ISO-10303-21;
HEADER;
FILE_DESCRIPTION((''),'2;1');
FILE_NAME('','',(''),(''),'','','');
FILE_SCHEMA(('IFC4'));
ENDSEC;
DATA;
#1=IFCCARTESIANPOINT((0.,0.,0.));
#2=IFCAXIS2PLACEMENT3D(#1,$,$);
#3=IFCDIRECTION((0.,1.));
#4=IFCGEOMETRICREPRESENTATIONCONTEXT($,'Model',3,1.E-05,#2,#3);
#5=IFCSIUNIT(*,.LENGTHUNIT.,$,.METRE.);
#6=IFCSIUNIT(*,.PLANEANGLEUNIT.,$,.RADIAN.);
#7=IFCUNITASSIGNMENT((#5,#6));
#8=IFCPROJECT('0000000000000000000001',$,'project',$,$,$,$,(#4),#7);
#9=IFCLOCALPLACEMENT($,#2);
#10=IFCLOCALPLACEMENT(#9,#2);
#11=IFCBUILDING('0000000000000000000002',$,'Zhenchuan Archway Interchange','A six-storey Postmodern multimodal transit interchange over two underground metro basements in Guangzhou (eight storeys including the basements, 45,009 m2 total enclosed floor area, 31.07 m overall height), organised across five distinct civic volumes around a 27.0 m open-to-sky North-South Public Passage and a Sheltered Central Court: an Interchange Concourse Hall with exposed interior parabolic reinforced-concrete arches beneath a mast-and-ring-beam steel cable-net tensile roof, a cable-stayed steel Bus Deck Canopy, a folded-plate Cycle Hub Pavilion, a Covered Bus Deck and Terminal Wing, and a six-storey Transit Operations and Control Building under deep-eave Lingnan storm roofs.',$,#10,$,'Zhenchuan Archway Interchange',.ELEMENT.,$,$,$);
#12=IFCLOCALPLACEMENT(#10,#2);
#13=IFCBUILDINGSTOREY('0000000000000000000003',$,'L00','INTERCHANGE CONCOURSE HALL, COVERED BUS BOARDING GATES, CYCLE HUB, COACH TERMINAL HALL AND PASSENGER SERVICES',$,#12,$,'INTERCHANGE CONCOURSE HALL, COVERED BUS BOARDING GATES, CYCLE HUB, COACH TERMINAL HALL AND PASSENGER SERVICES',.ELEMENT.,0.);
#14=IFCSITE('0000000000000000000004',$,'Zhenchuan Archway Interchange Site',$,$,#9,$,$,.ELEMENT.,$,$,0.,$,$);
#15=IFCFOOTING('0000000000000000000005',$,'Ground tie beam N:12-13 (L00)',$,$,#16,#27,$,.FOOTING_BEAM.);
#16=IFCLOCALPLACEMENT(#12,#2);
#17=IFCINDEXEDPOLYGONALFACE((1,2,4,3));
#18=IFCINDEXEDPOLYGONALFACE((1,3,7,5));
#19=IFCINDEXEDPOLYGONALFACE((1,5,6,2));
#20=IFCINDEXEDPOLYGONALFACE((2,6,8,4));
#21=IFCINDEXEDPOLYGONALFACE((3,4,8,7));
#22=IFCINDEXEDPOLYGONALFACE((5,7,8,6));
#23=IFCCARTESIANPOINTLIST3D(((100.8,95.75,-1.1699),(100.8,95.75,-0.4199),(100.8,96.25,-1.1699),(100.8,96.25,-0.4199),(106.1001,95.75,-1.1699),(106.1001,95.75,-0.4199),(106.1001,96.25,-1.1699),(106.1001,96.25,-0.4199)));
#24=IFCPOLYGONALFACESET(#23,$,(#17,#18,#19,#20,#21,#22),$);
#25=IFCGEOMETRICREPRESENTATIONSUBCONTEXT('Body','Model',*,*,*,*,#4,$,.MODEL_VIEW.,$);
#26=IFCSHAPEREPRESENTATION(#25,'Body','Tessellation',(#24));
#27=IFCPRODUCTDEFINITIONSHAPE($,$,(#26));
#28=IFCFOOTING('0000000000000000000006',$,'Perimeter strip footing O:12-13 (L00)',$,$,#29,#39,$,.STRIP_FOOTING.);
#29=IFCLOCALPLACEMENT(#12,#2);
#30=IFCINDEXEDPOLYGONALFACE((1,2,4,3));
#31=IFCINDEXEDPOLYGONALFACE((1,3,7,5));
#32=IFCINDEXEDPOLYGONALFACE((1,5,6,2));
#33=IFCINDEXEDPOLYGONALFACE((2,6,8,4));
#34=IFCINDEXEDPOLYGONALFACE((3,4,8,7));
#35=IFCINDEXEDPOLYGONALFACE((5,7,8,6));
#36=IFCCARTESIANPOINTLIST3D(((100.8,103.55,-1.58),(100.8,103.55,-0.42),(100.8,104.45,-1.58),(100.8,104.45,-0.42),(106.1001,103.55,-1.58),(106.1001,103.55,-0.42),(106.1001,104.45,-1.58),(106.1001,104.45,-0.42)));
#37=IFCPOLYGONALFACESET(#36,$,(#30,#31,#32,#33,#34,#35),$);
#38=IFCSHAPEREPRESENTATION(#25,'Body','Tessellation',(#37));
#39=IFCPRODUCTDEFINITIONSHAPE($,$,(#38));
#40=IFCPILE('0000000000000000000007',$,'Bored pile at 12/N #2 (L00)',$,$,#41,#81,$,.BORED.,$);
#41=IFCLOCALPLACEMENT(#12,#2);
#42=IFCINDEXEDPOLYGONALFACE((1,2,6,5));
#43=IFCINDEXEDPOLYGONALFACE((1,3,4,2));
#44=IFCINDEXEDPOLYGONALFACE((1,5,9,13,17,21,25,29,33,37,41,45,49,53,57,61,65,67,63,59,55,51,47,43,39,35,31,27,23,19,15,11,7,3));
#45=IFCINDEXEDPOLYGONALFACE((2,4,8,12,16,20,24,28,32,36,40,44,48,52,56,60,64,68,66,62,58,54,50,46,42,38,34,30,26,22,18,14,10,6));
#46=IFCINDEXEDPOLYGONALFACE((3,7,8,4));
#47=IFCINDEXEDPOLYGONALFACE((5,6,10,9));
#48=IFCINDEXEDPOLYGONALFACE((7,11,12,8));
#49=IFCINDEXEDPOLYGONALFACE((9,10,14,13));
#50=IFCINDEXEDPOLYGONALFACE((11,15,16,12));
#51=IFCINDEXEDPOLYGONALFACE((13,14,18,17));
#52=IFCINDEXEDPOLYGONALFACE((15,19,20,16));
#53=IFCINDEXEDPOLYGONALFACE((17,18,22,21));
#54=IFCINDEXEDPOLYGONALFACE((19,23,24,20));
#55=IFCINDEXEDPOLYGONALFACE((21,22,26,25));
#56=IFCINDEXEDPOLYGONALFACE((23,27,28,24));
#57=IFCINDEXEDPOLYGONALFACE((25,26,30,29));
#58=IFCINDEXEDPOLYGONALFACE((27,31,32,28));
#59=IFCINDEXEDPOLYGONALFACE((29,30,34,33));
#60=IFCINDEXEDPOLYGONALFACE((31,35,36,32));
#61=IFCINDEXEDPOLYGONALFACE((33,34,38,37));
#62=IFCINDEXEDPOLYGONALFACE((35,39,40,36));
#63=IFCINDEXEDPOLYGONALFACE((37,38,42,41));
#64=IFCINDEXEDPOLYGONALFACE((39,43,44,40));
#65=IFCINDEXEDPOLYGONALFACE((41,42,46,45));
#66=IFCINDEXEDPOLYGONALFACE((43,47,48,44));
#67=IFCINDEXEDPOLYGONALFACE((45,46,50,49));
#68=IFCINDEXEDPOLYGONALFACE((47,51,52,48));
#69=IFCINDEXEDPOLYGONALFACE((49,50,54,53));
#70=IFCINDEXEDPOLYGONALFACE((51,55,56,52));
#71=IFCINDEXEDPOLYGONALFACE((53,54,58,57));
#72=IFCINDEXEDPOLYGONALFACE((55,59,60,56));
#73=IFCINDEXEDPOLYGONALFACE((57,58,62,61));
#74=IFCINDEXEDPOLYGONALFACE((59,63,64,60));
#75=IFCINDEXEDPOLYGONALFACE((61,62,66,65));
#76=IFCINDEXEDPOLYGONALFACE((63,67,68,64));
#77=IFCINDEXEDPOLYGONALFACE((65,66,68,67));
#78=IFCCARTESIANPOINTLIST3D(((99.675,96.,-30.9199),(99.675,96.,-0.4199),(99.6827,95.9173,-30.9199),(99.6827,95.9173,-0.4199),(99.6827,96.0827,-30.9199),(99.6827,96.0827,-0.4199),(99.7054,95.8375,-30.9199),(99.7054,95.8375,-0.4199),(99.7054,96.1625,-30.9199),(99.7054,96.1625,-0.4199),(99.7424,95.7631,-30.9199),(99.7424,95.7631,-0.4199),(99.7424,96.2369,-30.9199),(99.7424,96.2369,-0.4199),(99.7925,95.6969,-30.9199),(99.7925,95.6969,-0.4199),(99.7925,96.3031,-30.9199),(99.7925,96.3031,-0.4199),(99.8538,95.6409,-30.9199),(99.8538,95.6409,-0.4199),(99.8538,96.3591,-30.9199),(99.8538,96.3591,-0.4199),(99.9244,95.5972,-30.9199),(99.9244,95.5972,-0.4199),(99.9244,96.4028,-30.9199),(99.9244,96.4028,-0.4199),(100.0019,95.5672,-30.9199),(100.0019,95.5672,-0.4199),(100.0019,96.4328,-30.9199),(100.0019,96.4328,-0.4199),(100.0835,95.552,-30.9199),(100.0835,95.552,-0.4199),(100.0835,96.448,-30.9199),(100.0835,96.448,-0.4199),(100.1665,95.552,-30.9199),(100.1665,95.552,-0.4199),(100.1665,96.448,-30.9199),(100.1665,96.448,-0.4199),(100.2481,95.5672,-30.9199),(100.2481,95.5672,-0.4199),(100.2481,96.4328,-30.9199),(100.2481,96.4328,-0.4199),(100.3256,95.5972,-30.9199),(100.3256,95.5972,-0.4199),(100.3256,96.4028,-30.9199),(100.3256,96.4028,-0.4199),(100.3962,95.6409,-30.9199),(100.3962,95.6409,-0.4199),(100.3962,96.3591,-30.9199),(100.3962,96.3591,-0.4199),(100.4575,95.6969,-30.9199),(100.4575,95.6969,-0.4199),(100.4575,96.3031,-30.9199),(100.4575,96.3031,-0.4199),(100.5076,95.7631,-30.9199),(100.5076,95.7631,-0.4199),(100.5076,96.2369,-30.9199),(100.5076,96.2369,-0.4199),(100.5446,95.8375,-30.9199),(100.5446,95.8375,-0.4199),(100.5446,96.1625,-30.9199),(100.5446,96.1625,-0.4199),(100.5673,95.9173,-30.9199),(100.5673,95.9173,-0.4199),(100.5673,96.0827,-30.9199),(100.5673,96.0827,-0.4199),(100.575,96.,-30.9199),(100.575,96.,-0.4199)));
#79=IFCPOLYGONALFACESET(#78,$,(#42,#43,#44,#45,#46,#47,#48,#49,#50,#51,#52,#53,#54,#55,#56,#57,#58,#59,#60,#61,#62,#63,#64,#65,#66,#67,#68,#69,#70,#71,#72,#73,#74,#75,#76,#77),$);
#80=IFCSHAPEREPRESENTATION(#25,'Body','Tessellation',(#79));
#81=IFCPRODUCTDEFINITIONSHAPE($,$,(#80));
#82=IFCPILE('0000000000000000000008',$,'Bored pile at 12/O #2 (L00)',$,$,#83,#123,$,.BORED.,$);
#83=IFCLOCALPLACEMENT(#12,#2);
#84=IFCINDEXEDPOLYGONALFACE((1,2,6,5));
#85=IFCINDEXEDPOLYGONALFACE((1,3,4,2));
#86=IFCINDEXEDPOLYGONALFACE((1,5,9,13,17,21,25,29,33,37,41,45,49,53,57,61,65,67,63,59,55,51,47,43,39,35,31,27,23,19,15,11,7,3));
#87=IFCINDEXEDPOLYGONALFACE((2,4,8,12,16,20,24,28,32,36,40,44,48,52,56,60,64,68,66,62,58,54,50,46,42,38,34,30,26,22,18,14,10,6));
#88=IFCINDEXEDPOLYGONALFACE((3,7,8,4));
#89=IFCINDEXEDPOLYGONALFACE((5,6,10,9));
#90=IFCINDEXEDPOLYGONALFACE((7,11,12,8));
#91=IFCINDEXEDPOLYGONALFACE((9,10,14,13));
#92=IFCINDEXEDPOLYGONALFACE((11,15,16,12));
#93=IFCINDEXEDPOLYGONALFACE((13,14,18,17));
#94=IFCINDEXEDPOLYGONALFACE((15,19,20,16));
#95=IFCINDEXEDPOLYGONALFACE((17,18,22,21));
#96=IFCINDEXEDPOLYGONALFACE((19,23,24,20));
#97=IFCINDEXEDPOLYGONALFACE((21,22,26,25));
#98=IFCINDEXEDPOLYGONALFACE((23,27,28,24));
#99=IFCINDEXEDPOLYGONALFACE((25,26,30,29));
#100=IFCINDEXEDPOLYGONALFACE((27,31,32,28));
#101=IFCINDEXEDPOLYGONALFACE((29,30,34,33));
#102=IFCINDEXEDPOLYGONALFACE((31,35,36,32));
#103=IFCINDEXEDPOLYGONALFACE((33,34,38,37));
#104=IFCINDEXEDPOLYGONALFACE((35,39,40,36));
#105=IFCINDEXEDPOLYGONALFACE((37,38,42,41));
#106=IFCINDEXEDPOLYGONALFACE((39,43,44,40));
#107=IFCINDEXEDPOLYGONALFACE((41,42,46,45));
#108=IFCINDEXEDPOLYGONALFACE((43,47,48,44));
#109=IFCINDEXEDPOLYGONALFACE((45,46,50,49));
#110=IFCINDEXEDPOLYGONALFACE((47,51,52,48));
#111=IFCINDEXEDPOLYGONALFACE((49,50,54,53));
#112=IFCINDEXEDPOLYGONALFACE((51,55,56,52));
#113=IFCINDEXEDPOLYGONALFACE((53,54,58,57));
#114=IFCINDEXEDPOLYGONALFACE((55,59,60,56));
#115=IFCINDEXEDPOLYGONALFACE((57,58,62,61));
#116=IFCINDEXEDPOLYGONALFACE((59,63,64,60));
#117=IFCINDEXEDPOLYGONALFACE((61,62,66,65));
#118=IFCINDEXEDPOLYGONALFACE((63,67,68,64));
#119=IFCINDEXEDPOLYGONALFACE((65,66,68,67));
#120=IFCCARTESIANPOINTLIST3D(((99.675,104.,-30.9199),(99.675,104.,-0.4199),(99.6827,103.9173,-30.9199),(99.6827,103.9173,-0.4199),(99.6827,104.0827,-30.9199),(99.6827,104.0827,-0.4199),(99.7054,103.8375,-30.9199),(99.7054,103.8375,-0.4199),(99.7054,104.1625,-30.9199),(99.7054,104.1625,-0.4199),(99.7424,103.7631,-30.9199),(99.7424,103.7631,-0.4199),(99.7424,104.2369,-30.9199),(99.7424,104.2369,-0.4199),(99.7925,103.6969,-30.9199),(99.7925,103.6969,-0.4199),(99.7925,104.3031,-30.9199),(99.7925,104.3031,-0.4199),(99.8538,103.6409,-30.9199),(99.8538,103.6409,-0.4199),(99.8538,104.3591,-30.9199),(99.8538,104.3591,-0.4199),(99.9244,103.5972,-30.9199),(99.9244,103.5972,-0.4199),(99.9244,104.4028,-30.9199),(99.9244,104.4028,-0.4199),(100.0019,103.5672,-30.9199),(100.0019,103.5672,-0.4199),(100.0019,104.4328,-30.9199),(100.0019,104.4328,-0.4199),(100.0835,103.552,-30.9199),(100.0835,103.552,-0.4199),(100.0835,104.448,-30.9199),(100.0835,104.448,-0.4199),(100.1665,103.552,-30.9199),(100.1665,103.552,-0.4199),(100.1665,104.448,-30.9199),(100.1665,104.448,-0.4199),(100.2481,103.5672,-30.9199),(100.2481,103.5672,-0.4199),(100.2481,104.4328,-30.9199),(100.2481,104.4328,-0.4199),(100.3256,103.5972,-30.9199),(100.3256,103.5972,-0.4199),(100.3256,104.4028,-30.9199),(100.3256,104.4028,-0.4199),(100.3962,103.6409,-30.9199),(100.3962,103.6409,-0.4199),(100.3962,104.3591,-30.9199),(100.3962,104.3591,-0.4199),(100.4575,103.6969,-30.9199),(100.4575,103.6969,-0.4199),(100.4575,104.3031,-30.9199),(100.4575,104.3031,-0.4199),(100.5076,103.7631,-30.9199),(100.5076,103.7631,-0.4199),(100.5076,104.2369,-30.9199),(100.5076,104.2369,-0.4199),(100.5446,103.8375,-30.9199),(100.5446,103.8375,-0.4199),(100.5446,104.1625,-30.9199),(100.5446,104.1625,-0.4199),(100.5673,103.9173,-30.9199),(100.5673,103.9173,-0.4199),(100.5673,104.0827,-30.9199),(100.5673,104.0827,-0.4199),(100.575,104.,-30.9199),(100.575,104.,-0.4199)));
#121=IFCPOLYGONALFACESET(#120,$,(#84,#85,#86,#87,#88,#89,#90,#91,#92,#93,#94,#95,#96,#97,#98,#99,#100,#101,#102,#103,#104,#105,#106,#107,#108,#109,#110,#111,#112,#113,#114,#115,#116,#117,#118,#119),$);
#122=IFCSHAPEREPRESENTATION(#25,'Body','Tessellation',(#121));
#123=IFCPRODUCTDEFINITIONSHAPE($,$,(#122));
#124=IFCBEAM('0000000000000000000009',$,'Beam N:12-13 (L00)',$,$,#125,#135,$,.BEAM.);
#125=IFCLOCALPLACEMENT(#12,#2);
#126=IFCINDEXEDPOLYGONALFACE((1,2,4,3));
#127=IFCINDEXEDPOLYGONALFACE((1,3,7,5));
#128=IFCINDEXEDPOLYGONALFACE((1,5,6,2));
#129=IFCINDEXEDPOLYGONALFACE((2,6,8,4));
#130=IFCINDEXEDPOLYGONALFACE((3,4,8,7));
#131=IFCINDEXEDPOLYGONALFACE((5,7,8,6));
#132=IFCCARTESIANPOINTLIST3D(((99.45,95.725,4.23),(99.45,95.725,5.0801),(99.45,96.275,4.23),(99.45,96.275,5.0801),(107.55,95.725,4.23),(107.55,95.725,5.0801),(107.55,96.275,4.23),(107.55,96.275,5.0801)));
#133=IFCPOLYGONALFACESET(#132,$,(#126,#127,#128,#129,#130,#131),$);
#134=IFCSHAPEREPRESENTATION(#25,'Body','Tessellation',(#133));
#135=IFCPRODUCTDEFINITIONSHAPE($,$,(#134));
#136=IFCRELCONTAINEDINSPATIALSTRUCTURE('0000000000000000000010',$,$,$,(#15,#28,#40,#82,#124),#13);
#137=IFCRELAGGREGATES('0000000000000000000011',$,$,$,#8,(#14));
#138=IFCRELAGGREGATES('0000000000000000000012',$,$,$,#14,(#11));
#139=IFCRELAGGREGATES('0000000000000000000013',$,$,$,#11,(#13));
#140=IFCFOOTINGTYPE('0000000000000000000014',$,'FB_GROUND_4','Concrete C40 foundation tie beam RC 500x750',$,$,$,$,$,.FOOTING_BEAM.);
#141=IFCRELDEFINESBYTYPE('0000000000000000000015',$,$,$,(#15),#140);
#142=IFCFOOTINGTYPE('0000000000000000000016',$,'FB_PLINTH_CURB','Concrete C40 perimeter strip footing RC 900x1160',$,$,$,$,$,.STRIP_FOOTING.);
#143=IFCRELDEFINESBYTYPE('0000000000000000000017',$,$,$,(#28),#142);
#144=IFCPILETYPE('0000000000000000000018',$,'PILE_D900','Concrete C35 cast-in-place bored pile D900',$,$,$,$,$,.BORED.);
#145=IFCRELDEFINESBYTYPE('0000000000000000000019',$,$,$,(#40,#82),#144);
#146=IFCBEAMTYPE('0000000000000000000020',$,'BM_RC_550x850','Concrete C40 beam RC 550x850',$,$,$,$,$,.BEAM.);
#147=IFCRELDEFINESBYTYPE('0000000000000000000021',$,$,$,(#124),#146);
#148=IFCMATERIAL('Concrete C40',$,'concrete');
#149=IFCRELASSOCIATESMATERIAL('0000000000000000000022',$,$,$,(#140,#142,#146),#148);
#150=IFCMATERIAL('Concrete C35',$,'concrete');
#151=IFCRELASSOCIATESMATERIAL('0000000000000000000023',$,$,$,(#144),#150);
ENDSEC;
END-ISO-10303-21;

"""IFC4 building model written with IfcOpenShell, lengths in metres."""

from ifc_helpers import new_model, si_unit, direction, frame, origin, origin_2d, place, context, subcontext, project, spatial, rectangle, circle, extrude, material, material_profile, profile_set, type_object, element, save


model = new_model("IFC4")

# Units and contexts
model_context = context("Model", 3, precision=1e-05, world=origin(), true_north=direction((0.0, 1.0)))
body_context = subcontext(model_context, "Body", "Model", "MODEL_VIEW")
ifc_project = project(units=[si_unit("LENGTHUNIT", "METRE"), si_unit("PLANEANGLEUNIT", "RADIAN")], contexts=[model_context])

# Site, building, storey
site_placement = place(None, origin())
site = spatial("IfcSite", under=ifc_project, at=site_placement, Name="Zhenchuan Archway Interchange Site", CompositionType="ELEMENT", RefElevation=0.0)
building_placement = place(site_placement, origin())
building = spatial("IfcBuilding", under=site, at=building_placement, Name="Zhenchuan Archway Interchange", Description="A six-storey Postmodern multimodal transit interchange over two underground metro basements in Guangzhou (eight storeys including the basements, 45,009 m2 total enclosed floor area, 31.07 m overall height), organised across five distinct civic volumes around a 27.0 m open-to-sky North-South Public Passage and a Sheltered Central Court: an Interchange Concourse Hall with exposed interior parabolic reinforced-concrete arches beneath a mast-and-ring-beam steel cable-net tensile roof, a cable-stayed steel Bus Deck Canopy, a folded-plate Cycle Hub Pavilion, a Covered Bus Deck and Terminal Wing, and a six-storey Transit Operations and Control Building under deep-eave Lingnan storm roofs.", LongName="Zhenchuan Archway Interchange", CompositionType="ELEMENT")
storey_placement = place(building_placement, origin())
storey = spatial("IfcBuildingStorey", under=building, at=storey_placement, Name="L00", Description="INTERCHANGE CONCOURSE HALL, COVERED BUS BOARDING GATES, CYCLE HUB, COACH TERMINAL HALL AND PASSENGER SERVICES", LongName="INTERCHANGE CONCOURSE HALL, COVERED BUS BOARDING GATES, CYCLE HUB, COACH TERMINAL HALL AND PASSENGER SERVICES", CompositionType="ELEMENT", Elevation=0.0)

# Footings
ifc_material_1 = material(Name="Concrete C40", Category="concrete")
ifc_material_profile_1 = material_profile(ifc_material_1, rectangle(XDim=0.5, YDim=0.75, at=origin_2d()), Name="RC 500x750")
ifc_profile_set_1 = profile_set([ifc_material_profile_1], Name="Concrete C40")
footing_type_1 = type_object("IfcFootingType", Name="FB_GROUND_4", Description="Concrete C40 foundation tie beam RC 500x750", PredefinedType="FOOTING_BEAM", material=ifc_profile_set_1)
footing_1_placement = place(storey_placement, frame((100.8, 96.0, -0.7949), z_axis=(1.0, 0.0, 0.0), x_axis=(0.0, 1.0, 0.0)))
element("IfcFooting", 1, at=footing_1_placement, inside=storey, type_object=footing_type_1, Name="Ground tie beam N:12-13 (L00)", PredefinedType="FOOTING_BEAM", context=body_context, shape_type="SweptSolid", body=[
    extrude(rectangle(XDim=0.5, YDim=0.75, at=origin_2d()), origin(), (0.0, 0.0, 1.0), 5.3),
])
ifc_material_profile_2 = material_profile(ifc_material_1, rectangle(XDim=0.8999, YDim=1.1599, at=origin_2d()), Name="RC 900x1160")
ifc_profile_set_2 = profile_set([ifc_material_profile_2], Name="Concrete C40")
footing_type_2 = type_object("IfcFootingType", Name="FB_PLINTH_CURB", Description="Concrete C40 perimeter strip footing RC 900x1160", PredefinedType="STRIP_FOOTING", material=ifc_profile_set_2)
footing_2_placement = place(storey_placement, frame((100.8, 104.0, -1.0), z_axis=(1.0, 0.0, 0.0), x_axis=(0.0, 1.0, 0.0)))
element("IfcFooting", 2, at=footing_2_placement, inside=storey, type_object=footing_type_2, Name="Perimeter strip footing O:12-13 (L00)", PredefinedType="STRIP_FOOTING", context=body_context, shape_type="SweptSolid", body=[
    extrude(rectangle(XDim=0.8999, YDim=1.1599, at=origin_2d()), origin(), (0.0, 0.0, 1.0), 5.3),
])

# Piles
ifc_material_2 = material(Name="Concrete C35", Category="concrete")
ifc_material_profile_3 = material_profile(ifc_material_2, circle(Radius=0.45, at=origin_2d()), Name="BORED PILE 900")
ifc_profile_set_3 = profile_set([ifc_material_profile_3], Name="Concrete C35")
pile_type = type_object("IfcPileType", Name="PILE_D900", Description="Concrete C35 cast-in-place bored pile D900", PredefinedType="BORED", material=ifc_profile_set_3)
for number, where, z_axis, x_axis, name in (
    (3, (100.125, 96.0, -0.4199), (0.0, 0.0, -1.0), (1.0, 0.0, 0.0), "Bored pile at 12/N #2 (L00)"),
    (4, (100.125, 104.0, -0.4199), (0.0, 0.0, -1.0), (1.0, 0.0, 0.0), "Bored pile at 12/O #2 (L00)"),
):
    element("IfcPile", number, at=place(storey_placement, frame(where, z_axis=z_axis, x_axis=x_axis)), inside=storey, type_object=pile_type, Name=name, PredefinedType="BORED", context=body_context, shape_type="SweptSolid", body=[
        extrude(circle(Radius=0.45, at=origin_2d()), origin(), (0.0, 0.0, 1.0), 30.5),
    ])

# Beam
ifc_material_profile_4 = material_profile(ifc_material_1, rectangle(XDim=0.55, YDim=0.8501, at=origin_2d()), Name="RC 550x850")
ifc_profile_set_4 = profile_set([ifc_material_profile_4], Name="Concrete C40")
beam_type_1 = type_object("IfcBeamType", Name="BM_RC_550x850", Description="Concrete C40 beam RC 550x850", PredefinedType="BEAM", material=ifc_profile_set_4)
beam_1_placement = place(storey_placement, frame((99.45, 96.0, 4.655), z_axis=(1.0, 0.0, 0.0), x_axis=(0.0, 1.0, 0.0)))
element("IfcBeam", 5, at=beam_1_placement, inside=storey, type_object=beam_type_1, Name="Beam N:12-13 (L00)", PredefinedType="BEAM", context=body_context, shape_type="SweptSolid", body=[
    extrude(rectangle(XDim=0.55, YDim=0.8501, at=origin_2d()), origin(), (0.0, 0.0, 1.0), 8.1001),
])

save(model, "model.ifc")
